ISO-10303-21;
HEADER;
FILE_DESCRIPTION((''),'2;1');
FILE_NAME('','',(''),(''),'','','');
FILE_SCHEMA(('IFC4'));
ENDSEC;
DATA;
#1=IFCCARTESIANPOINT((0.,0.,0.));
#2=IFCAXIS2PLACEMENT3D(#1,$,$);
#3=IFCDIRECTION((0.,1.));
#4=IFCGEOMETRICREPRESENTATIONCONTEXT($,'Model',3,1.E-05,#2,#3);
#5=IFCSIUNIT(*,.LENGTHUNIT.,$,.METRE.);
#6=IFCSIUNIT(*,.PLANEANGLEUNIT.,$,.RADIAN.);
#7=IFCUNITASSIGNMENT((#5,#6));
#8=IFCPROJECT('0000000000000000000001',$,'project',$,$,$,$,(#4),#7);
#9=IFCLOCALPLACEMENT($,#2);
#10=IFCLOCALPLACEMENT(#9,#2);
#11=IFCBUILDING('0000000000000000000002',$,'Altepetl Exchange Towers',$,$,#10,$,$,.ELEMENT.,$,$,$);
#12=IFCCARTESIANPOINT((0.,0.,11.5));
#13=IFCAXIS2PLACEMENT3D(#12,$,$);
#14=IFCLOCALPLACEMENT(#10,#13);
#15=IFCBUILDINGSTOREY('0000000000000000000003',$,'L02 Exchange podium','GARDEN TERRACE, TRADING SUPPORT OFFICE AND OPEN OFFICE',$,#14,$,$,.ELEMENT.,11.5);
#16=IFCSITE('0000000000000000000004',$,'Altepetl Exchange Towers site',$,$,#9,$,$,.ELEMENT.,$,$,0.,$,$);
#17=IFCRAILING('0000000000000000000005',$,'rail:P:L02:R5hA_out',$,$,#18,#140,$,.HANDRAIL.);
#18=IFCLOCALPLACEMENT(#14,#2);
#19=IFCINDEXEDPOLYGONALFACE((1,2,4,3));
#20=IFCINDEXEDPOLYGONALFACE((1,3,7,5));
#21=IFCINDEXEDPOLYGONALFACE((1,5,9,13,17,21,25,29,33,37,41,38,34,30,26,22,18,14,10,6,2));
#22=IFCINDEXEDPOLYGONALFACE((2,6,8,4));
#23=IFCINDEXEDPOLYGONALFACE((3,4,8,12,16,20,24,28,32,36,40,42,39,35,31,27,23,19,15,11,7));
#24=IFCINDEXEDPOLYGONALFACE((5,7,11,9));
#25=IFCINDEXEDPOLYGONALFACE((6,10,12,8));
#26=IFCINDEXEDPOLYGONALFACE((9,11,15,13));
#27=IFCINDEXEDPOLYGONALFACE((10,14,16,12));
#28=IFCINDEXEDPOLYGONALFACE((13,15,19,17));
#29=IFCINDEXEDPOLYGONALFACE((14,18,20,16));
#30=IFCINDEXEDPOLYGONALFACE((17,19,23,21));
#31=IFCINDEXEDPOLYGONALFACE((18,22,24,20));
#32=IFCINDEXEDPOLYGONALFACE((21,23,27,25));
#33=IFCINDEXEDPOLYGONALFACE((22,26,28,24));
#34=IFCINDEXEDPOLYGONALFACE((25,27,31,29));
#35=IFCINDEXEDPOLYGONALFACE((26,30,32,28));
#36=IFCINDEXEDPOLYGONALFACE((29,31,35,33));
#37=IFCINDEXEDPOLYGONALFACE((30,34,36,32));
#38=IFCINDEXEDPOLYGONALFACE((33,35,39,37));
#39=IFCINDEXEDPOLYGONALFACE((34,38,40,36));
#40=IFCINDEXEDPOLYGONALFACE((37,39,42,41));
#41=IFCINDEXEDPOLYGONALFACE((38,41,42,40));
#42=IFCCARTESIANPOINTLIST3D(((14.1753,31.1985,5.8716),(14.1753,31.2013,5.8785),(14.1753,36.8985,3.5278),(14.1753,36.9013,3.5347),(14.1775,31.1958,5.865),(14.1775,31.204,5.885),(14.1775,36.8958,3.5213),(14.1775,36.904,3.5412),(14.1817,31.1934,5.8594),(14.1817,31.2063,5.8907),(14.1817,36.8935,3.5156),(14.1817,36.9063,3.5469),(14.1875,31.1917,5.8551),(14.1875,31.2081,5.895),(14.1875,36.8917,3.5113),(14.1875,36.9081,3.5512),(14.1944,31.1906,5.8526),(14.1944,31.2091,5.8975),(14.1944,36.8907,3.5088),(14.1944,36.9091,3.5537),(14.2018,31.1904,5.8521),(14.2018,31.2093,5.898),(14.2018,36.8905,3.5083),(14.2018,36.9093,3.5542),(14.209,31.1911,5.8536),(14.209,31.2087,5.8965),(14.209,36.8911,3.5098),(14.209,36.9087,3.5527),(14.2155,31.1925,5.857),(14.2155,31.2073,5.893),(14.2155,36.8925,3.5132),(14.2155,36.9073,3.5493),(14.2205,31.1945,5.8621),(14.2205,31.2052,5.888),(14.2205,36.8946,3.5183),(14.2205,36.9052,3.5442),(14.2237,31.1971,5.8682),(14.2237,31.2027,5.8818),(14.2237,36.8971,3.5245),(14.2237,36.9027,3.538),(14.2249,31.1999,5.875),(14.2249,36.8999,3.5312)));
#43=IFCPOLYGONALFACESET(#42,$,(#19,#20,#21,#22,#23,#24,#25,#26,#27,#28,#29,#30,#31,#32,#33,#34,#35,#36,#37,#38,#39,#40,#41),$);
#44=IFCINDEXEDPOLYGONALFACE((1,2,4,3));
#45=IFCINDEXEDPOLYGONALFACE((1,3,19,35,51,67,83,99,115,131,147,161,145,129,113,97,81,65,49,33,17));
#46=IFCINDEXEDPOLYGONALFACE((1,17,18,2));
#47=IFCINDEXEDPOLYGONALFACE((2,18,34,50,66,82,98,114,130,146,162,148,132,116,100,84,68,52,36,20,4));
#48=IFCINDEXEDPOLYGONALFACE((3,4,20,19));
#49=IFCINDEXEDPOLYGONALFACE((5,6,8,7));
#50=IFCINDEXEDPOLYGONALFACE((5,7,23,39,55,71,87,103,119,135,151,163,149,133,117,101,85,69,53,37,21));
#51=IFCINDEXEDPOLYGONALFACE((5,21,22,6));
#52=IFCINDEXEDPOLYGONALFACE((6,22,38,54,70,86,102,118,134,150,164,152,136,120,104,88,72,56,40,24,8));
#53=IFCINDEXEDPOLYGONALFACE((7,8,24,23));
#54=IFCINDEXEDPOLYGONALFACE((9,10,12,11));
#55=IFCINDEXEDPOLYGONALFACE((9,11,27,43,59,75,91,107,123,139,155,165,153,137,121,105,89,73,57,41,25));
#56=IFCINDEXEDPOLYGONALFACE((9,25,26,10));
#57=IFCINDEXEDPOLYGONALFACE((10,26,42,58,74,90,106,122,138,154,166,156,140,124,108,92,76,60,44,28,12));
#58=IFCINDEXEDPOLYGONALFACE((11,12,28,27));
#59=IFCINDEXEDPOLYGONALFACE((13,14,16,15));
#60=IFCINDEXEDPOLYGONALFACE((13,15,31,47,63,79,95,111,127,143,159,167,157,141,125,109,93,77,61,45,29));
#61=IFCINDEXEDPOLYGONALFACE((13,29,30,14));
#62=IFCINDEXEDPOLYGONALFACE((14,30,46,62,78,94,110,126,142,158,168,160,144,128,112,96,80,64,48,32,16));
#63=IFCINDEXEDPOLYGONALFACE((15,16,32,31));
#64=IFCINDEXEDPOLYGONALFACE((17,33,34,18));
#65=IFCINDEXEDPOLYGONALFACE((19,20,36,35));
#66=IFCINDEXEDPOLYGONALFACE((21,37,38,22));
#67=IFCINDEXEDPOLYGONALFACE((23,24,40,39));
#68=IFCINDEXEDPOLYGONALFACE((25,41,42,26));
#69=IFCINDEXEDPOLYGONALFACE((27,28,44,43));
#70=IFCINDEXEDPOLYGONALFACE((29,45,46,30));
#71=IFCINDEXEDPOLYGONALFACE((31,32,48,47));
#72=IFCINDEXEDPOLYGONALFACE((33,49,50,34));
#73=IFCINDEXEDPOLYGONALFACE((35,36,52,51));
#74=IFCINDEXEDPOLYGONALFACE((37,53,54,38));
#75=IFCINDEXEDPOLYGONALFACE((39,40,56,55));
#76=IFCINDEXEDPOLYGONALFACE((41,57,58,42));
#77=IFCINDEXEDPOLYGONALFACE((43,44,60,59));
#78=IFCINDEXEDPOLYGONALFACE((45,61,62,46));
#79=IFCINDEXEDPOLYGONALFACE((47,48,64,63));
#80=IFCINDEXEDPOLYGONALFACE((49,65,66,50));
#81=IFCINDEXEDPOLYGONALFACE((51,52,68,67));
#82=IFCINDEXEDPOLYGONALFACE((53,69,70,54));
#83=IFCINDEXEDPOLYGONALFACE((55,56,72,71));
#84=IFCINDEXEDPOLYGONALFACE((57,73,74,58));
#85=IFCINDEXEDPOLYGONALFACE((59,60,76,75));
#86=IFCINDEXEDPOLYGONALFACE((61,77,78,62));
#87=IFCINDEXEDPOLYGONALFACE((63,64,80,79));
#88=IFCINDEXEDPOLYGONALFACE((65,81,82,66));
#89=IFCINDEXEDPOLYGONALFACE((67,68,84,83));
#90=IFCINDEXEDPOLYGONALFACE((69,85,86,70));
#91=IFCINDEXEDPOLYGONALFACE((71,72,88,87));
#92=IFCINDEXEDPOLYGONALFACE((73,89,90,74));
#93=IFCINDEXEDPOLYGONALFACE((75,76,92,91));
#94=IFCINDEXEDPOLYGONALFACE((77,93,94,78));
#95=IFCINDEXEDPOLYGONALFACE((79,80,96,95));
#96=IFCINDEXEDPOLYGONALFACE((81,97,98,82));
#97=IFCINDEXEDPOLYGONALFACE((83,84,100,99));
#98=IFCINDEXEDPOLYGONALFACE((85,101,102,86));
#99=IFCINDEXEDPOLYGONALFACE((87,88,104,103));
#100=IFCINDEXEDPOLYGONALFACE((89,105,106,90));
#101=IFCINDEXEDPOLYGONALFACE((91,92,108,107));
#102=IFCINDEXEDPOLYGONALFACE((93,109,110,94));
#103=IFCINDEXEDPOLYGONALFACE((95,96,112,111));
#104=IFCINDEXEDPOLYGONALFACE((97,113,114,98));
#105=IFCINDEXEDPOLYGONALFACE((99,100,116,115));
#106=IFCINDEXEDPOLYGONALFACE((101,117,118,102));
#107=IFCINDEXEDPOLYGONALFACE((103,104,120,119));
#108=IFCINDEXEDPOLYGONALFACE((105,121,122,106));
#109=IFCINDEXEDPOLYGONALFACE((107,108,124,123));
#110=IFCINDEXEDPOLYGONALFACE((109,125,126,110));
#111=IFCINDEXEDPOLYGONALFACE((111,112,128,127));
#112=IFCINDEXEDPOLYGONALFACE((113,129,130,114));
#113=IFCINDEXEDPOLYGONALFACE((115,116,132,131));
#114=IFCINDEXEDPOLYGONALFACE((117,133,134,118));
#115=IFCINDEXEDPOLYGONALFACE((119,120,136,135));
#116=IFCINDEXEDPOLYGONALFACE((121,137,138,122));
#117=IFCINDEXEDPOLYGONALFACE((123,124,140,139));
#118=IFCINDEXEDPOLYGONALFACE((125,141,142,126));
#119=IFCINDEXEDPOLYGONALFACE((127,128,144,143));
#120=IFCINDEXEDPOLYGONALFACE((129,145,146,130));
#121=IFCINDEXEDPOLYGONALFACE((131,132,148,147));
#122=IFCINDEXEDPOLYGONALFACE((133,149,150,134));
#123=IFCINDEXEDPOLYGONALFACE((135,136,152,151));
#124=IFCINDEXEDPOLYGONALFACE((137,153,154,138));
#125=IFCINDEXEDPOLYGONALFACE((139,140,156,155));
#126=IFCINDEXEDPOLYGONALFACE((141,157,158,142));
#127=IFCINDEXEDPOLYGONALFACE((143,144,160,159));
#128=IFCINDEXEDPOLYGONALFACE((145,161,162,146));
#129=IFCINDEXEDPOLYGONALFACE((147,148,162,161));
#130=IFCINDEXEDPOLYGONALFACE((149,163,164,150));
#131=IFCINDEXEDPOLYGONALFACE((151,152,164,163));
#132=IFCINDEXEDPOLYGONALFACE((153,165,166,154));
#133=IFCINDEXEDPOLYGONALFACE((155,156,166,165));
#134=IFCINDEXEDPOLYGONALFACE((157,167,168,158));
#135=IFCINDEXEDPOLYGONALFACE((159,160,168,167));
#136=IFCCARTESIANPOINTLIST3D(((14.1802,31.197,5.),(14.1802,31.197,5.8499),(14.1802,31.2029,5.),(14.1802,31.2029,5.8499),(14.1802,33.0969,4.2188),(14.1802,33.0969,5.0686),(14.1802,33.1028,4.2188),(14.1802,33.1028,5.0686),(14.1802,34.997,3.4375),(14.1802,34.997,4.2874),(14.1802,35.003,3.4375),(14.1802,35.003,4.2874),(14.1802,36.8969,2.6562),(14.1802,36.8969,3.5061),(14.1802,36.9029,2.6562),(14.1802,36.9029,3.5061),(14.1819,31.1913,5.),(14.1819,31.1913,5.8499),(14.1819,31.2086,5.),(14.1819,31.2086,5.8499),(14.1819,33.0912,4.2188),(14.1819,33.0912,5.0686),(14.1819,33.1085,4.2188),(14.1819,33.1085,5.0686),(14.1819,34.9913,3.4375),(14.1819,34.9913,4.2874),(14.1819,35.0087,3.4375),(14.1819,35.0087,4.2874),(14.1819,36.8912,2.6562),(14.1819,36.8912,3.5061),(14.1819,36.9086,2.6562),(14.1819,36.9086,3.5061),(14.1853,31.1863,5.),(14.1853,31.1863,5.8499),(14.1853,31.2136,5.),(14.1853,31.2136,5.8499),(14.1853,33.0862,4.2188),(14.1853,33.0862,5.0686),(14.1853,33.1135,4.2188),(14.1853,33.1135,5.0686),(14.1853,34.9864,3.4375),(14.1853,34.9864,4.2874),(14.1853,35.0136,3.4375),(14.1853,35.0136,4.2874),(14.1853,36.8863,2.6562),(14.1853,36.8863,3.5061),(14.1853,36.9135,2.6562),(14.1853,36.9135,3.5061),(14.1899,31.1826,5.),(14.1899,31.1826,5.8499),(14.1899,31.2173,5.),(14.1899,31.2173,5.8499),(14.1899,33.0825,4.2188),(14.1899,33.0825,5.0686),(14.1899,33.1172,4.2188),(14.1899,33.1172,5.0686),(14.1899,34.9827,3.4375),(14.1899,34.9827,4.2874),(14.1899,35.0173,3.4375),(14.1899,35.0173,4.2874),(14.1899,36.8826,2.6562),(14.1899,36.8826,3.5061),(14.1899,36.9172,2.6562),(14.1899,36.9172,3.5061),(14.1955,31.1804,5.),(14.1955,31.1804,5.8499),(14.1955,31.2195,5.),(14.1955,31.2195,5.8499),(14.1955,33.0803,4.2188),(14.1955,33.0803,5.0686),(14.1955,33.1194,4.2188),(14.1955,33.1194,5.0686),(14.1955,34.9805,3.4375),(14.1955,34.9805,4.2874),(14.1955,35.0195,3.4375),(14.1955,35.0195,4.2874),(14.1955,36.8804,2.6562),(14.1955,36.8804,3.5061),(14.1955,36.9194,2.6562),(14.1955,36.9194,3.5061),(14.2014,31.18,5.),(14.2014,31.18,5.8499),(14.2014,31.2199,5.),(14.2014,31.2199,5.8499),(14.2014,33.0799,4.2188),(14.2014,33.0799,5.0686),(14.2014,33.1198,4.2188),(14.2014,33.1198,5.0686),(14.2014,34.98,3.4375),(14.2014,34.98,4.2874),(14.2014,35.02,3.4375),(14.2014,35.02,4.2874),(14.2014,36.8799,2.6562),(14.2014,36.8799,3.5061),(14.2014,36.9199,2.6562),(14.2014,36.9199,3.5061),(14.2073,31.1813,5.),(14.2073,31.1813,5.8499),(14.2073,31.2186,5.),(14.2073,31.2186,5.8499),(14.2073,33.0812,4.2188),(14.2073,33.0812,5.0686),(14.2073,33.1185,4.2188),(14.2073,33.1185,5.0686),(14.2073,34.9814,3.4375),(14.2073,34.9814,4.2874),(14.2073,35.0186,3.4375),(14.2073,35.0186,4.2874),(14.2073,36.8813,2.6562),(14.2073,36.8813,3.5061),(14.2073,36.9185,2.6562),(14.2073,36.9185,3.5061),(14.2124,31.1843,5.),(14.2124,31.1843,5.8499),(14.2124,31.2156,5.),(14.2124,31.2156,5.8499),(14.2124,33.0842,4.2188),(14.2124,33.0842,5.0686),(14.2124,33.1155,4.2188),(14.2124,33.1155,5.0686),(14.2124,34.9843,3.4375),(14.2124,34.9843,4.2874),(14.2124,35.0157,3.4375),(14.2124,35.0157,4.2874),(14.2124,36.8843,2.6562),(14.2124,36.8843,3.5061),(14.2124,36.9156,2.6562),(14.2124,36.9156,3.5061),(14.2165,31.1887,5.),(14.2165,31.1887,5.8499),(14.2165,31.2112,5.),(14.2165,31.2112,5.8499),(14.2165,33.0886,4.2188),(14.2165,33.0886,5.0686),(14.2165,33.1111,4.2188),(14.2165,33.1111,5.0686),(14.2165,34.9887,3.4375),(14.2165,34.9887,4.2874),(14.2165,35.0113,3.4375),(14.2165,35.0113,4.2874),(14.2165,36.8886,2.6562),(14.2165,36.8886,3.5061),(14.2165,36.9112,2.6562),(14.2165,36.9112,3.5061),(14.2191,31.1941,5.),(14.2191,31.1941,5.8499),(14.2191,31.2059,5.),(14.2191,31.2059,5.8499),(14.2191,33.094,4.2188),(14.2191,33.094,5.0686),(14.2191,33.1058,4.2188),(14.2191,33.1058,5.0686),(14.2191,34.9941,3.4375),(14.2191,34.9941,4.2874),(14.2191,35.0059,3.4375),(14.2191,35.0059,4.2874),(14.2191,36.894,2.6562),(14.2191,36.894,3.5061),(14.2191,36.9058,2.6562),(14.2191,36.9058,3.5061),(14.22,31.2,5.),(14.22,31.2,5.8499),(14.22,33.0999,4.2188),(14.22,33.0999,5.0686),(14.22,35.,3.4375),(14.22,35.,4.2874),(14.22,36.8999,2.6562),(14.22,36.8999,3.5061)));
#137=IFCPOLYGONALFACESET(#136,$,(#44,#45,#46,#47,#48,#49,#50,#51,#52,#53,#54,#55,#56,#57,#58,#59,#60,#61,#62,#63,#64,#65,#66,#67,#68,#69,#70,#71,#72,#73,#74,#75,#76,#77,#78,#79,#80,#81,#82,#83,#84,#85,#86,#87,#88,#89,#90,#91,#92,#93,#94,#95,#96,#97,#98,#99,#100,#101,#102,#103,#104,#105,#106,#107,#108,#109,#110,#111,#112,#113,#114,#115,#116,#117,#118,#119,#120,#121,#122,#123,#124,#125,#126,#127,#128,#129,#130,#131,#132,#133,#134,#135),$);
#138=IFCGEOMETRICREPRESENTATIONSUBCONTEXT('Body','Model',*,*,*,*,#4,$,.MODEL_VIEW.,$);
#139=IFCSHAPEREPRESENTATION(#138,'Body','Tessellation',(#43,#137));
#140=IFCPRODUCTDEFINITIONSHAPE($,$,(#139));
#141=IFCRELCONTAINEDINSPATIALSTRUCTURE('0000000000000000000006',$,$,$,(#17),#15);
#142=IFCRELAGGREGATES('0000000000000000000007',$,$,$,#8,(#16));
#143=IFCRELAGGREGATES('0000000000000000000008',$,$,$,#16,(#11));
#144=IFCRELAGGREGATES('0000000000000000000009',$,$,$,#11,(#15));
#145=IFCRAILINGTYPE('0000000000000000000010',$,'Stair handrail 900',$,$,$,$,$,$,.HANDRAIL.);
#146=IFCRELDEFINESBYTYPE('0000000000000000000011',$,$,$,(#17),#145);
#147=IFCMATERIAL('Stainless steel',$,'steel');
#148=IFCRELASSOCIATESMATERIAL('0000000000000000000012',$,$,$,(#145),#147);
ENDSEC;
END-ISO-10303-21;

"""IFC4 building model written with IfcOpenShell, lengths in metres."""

from ifc_helpers import new_model, si_unit, direction, frame, origin, origin_2d, place, context, subcontext, project, spatial, circle, extrude, source, transform, mapped, material, type_object, element, save


model = new_model("IFC4")

# Units and contexts
model_context = context("Model", 3, precision=1e-05, world=origin(), true_north=direction((0.0, 1.0)))
body_context = subcontext(model_context, "Body", "Model", "MODEL_VIEW")
ifc_project = project(units=[si_unit("LENGTHUNIT", "METRE"), si_unit("PLANEANGLEUNIT", "RADIAN")], contexts=[model_context])

# Site, building, storey
site_placement = place(None, origin())
site = spatial("IfcSite", under=ifc_project, at=site_placement, Name="Altepetl Exchange Towers site", CompositionType="ELEMENT", RefElevation=0.0)
building_placement = place(site_placement, origin())
building = spatial("IfcBuilding", under=site, at=building_placement, Name="Altepetl Exchange Towers", CompositionType="ELEMENT")
storey_placement = place(building_placement, frame((0.0, 0.0, 11.5)))
storey = spatial("IfcBuildingStorey", under=building, at=storey_placement, Name="L02 Exchange podium", Description="GARDEN TERRACE, TRADING SUPPORT OFFICE AND OPEN OFFICE", CompositionType="ELEMENT", Elevation=11.5)

# Railing
ifc_material_1 = material(Name="Stainless steel", Category="steel")
railing_type_1 = type_object("IfcRailingType", Name="Stair handrail 900", PredefinedType="HANDRAIL", material=ifc_material_1)
shared_shape_1 = source(origin(), body_context, "Body", "SweptSolid", [
    extrude(circle(Radius=0.02, at=origin_2d()), origin(), (0.0, 0.0, 1.0), 0.8499),
])
for number, where, name in (
    (1, (14.2, 36.8999, 2.6562), "rail:P:L02:R5hA_out"),
):
    element("IfcRailing", number, at=place(storey_placement, frame(where)), inside=storey, type_object=railing_type_1, Name=name, PredefinedType="HANDRAIL", context=body_context, shape_type="SweptSolid", body=[
        extrude(circle(Radius=0.0249, at=origin_2d()), frame((0.0, 0.0, 0.875), z_axis=(0.0, -0.924866, 0.380293), x_axis=(1.0, 0.0, 0.0)), (0.0, 0.0, 1.0), 6.1631),
        mapped(shared_shape_1, transform((0.0, 0.0, 0.0))),
        mapped(shared_shape_1, transform((0.0, -1.8999, 0.7812))),
        mapped(shared_shape_1, transform((0.0, -3.8, 1.5625))),
        mapped(shared_shape_1, transform((0.0, -5.7, 2.3438))),
    ])

save(model, "model.ifc")
